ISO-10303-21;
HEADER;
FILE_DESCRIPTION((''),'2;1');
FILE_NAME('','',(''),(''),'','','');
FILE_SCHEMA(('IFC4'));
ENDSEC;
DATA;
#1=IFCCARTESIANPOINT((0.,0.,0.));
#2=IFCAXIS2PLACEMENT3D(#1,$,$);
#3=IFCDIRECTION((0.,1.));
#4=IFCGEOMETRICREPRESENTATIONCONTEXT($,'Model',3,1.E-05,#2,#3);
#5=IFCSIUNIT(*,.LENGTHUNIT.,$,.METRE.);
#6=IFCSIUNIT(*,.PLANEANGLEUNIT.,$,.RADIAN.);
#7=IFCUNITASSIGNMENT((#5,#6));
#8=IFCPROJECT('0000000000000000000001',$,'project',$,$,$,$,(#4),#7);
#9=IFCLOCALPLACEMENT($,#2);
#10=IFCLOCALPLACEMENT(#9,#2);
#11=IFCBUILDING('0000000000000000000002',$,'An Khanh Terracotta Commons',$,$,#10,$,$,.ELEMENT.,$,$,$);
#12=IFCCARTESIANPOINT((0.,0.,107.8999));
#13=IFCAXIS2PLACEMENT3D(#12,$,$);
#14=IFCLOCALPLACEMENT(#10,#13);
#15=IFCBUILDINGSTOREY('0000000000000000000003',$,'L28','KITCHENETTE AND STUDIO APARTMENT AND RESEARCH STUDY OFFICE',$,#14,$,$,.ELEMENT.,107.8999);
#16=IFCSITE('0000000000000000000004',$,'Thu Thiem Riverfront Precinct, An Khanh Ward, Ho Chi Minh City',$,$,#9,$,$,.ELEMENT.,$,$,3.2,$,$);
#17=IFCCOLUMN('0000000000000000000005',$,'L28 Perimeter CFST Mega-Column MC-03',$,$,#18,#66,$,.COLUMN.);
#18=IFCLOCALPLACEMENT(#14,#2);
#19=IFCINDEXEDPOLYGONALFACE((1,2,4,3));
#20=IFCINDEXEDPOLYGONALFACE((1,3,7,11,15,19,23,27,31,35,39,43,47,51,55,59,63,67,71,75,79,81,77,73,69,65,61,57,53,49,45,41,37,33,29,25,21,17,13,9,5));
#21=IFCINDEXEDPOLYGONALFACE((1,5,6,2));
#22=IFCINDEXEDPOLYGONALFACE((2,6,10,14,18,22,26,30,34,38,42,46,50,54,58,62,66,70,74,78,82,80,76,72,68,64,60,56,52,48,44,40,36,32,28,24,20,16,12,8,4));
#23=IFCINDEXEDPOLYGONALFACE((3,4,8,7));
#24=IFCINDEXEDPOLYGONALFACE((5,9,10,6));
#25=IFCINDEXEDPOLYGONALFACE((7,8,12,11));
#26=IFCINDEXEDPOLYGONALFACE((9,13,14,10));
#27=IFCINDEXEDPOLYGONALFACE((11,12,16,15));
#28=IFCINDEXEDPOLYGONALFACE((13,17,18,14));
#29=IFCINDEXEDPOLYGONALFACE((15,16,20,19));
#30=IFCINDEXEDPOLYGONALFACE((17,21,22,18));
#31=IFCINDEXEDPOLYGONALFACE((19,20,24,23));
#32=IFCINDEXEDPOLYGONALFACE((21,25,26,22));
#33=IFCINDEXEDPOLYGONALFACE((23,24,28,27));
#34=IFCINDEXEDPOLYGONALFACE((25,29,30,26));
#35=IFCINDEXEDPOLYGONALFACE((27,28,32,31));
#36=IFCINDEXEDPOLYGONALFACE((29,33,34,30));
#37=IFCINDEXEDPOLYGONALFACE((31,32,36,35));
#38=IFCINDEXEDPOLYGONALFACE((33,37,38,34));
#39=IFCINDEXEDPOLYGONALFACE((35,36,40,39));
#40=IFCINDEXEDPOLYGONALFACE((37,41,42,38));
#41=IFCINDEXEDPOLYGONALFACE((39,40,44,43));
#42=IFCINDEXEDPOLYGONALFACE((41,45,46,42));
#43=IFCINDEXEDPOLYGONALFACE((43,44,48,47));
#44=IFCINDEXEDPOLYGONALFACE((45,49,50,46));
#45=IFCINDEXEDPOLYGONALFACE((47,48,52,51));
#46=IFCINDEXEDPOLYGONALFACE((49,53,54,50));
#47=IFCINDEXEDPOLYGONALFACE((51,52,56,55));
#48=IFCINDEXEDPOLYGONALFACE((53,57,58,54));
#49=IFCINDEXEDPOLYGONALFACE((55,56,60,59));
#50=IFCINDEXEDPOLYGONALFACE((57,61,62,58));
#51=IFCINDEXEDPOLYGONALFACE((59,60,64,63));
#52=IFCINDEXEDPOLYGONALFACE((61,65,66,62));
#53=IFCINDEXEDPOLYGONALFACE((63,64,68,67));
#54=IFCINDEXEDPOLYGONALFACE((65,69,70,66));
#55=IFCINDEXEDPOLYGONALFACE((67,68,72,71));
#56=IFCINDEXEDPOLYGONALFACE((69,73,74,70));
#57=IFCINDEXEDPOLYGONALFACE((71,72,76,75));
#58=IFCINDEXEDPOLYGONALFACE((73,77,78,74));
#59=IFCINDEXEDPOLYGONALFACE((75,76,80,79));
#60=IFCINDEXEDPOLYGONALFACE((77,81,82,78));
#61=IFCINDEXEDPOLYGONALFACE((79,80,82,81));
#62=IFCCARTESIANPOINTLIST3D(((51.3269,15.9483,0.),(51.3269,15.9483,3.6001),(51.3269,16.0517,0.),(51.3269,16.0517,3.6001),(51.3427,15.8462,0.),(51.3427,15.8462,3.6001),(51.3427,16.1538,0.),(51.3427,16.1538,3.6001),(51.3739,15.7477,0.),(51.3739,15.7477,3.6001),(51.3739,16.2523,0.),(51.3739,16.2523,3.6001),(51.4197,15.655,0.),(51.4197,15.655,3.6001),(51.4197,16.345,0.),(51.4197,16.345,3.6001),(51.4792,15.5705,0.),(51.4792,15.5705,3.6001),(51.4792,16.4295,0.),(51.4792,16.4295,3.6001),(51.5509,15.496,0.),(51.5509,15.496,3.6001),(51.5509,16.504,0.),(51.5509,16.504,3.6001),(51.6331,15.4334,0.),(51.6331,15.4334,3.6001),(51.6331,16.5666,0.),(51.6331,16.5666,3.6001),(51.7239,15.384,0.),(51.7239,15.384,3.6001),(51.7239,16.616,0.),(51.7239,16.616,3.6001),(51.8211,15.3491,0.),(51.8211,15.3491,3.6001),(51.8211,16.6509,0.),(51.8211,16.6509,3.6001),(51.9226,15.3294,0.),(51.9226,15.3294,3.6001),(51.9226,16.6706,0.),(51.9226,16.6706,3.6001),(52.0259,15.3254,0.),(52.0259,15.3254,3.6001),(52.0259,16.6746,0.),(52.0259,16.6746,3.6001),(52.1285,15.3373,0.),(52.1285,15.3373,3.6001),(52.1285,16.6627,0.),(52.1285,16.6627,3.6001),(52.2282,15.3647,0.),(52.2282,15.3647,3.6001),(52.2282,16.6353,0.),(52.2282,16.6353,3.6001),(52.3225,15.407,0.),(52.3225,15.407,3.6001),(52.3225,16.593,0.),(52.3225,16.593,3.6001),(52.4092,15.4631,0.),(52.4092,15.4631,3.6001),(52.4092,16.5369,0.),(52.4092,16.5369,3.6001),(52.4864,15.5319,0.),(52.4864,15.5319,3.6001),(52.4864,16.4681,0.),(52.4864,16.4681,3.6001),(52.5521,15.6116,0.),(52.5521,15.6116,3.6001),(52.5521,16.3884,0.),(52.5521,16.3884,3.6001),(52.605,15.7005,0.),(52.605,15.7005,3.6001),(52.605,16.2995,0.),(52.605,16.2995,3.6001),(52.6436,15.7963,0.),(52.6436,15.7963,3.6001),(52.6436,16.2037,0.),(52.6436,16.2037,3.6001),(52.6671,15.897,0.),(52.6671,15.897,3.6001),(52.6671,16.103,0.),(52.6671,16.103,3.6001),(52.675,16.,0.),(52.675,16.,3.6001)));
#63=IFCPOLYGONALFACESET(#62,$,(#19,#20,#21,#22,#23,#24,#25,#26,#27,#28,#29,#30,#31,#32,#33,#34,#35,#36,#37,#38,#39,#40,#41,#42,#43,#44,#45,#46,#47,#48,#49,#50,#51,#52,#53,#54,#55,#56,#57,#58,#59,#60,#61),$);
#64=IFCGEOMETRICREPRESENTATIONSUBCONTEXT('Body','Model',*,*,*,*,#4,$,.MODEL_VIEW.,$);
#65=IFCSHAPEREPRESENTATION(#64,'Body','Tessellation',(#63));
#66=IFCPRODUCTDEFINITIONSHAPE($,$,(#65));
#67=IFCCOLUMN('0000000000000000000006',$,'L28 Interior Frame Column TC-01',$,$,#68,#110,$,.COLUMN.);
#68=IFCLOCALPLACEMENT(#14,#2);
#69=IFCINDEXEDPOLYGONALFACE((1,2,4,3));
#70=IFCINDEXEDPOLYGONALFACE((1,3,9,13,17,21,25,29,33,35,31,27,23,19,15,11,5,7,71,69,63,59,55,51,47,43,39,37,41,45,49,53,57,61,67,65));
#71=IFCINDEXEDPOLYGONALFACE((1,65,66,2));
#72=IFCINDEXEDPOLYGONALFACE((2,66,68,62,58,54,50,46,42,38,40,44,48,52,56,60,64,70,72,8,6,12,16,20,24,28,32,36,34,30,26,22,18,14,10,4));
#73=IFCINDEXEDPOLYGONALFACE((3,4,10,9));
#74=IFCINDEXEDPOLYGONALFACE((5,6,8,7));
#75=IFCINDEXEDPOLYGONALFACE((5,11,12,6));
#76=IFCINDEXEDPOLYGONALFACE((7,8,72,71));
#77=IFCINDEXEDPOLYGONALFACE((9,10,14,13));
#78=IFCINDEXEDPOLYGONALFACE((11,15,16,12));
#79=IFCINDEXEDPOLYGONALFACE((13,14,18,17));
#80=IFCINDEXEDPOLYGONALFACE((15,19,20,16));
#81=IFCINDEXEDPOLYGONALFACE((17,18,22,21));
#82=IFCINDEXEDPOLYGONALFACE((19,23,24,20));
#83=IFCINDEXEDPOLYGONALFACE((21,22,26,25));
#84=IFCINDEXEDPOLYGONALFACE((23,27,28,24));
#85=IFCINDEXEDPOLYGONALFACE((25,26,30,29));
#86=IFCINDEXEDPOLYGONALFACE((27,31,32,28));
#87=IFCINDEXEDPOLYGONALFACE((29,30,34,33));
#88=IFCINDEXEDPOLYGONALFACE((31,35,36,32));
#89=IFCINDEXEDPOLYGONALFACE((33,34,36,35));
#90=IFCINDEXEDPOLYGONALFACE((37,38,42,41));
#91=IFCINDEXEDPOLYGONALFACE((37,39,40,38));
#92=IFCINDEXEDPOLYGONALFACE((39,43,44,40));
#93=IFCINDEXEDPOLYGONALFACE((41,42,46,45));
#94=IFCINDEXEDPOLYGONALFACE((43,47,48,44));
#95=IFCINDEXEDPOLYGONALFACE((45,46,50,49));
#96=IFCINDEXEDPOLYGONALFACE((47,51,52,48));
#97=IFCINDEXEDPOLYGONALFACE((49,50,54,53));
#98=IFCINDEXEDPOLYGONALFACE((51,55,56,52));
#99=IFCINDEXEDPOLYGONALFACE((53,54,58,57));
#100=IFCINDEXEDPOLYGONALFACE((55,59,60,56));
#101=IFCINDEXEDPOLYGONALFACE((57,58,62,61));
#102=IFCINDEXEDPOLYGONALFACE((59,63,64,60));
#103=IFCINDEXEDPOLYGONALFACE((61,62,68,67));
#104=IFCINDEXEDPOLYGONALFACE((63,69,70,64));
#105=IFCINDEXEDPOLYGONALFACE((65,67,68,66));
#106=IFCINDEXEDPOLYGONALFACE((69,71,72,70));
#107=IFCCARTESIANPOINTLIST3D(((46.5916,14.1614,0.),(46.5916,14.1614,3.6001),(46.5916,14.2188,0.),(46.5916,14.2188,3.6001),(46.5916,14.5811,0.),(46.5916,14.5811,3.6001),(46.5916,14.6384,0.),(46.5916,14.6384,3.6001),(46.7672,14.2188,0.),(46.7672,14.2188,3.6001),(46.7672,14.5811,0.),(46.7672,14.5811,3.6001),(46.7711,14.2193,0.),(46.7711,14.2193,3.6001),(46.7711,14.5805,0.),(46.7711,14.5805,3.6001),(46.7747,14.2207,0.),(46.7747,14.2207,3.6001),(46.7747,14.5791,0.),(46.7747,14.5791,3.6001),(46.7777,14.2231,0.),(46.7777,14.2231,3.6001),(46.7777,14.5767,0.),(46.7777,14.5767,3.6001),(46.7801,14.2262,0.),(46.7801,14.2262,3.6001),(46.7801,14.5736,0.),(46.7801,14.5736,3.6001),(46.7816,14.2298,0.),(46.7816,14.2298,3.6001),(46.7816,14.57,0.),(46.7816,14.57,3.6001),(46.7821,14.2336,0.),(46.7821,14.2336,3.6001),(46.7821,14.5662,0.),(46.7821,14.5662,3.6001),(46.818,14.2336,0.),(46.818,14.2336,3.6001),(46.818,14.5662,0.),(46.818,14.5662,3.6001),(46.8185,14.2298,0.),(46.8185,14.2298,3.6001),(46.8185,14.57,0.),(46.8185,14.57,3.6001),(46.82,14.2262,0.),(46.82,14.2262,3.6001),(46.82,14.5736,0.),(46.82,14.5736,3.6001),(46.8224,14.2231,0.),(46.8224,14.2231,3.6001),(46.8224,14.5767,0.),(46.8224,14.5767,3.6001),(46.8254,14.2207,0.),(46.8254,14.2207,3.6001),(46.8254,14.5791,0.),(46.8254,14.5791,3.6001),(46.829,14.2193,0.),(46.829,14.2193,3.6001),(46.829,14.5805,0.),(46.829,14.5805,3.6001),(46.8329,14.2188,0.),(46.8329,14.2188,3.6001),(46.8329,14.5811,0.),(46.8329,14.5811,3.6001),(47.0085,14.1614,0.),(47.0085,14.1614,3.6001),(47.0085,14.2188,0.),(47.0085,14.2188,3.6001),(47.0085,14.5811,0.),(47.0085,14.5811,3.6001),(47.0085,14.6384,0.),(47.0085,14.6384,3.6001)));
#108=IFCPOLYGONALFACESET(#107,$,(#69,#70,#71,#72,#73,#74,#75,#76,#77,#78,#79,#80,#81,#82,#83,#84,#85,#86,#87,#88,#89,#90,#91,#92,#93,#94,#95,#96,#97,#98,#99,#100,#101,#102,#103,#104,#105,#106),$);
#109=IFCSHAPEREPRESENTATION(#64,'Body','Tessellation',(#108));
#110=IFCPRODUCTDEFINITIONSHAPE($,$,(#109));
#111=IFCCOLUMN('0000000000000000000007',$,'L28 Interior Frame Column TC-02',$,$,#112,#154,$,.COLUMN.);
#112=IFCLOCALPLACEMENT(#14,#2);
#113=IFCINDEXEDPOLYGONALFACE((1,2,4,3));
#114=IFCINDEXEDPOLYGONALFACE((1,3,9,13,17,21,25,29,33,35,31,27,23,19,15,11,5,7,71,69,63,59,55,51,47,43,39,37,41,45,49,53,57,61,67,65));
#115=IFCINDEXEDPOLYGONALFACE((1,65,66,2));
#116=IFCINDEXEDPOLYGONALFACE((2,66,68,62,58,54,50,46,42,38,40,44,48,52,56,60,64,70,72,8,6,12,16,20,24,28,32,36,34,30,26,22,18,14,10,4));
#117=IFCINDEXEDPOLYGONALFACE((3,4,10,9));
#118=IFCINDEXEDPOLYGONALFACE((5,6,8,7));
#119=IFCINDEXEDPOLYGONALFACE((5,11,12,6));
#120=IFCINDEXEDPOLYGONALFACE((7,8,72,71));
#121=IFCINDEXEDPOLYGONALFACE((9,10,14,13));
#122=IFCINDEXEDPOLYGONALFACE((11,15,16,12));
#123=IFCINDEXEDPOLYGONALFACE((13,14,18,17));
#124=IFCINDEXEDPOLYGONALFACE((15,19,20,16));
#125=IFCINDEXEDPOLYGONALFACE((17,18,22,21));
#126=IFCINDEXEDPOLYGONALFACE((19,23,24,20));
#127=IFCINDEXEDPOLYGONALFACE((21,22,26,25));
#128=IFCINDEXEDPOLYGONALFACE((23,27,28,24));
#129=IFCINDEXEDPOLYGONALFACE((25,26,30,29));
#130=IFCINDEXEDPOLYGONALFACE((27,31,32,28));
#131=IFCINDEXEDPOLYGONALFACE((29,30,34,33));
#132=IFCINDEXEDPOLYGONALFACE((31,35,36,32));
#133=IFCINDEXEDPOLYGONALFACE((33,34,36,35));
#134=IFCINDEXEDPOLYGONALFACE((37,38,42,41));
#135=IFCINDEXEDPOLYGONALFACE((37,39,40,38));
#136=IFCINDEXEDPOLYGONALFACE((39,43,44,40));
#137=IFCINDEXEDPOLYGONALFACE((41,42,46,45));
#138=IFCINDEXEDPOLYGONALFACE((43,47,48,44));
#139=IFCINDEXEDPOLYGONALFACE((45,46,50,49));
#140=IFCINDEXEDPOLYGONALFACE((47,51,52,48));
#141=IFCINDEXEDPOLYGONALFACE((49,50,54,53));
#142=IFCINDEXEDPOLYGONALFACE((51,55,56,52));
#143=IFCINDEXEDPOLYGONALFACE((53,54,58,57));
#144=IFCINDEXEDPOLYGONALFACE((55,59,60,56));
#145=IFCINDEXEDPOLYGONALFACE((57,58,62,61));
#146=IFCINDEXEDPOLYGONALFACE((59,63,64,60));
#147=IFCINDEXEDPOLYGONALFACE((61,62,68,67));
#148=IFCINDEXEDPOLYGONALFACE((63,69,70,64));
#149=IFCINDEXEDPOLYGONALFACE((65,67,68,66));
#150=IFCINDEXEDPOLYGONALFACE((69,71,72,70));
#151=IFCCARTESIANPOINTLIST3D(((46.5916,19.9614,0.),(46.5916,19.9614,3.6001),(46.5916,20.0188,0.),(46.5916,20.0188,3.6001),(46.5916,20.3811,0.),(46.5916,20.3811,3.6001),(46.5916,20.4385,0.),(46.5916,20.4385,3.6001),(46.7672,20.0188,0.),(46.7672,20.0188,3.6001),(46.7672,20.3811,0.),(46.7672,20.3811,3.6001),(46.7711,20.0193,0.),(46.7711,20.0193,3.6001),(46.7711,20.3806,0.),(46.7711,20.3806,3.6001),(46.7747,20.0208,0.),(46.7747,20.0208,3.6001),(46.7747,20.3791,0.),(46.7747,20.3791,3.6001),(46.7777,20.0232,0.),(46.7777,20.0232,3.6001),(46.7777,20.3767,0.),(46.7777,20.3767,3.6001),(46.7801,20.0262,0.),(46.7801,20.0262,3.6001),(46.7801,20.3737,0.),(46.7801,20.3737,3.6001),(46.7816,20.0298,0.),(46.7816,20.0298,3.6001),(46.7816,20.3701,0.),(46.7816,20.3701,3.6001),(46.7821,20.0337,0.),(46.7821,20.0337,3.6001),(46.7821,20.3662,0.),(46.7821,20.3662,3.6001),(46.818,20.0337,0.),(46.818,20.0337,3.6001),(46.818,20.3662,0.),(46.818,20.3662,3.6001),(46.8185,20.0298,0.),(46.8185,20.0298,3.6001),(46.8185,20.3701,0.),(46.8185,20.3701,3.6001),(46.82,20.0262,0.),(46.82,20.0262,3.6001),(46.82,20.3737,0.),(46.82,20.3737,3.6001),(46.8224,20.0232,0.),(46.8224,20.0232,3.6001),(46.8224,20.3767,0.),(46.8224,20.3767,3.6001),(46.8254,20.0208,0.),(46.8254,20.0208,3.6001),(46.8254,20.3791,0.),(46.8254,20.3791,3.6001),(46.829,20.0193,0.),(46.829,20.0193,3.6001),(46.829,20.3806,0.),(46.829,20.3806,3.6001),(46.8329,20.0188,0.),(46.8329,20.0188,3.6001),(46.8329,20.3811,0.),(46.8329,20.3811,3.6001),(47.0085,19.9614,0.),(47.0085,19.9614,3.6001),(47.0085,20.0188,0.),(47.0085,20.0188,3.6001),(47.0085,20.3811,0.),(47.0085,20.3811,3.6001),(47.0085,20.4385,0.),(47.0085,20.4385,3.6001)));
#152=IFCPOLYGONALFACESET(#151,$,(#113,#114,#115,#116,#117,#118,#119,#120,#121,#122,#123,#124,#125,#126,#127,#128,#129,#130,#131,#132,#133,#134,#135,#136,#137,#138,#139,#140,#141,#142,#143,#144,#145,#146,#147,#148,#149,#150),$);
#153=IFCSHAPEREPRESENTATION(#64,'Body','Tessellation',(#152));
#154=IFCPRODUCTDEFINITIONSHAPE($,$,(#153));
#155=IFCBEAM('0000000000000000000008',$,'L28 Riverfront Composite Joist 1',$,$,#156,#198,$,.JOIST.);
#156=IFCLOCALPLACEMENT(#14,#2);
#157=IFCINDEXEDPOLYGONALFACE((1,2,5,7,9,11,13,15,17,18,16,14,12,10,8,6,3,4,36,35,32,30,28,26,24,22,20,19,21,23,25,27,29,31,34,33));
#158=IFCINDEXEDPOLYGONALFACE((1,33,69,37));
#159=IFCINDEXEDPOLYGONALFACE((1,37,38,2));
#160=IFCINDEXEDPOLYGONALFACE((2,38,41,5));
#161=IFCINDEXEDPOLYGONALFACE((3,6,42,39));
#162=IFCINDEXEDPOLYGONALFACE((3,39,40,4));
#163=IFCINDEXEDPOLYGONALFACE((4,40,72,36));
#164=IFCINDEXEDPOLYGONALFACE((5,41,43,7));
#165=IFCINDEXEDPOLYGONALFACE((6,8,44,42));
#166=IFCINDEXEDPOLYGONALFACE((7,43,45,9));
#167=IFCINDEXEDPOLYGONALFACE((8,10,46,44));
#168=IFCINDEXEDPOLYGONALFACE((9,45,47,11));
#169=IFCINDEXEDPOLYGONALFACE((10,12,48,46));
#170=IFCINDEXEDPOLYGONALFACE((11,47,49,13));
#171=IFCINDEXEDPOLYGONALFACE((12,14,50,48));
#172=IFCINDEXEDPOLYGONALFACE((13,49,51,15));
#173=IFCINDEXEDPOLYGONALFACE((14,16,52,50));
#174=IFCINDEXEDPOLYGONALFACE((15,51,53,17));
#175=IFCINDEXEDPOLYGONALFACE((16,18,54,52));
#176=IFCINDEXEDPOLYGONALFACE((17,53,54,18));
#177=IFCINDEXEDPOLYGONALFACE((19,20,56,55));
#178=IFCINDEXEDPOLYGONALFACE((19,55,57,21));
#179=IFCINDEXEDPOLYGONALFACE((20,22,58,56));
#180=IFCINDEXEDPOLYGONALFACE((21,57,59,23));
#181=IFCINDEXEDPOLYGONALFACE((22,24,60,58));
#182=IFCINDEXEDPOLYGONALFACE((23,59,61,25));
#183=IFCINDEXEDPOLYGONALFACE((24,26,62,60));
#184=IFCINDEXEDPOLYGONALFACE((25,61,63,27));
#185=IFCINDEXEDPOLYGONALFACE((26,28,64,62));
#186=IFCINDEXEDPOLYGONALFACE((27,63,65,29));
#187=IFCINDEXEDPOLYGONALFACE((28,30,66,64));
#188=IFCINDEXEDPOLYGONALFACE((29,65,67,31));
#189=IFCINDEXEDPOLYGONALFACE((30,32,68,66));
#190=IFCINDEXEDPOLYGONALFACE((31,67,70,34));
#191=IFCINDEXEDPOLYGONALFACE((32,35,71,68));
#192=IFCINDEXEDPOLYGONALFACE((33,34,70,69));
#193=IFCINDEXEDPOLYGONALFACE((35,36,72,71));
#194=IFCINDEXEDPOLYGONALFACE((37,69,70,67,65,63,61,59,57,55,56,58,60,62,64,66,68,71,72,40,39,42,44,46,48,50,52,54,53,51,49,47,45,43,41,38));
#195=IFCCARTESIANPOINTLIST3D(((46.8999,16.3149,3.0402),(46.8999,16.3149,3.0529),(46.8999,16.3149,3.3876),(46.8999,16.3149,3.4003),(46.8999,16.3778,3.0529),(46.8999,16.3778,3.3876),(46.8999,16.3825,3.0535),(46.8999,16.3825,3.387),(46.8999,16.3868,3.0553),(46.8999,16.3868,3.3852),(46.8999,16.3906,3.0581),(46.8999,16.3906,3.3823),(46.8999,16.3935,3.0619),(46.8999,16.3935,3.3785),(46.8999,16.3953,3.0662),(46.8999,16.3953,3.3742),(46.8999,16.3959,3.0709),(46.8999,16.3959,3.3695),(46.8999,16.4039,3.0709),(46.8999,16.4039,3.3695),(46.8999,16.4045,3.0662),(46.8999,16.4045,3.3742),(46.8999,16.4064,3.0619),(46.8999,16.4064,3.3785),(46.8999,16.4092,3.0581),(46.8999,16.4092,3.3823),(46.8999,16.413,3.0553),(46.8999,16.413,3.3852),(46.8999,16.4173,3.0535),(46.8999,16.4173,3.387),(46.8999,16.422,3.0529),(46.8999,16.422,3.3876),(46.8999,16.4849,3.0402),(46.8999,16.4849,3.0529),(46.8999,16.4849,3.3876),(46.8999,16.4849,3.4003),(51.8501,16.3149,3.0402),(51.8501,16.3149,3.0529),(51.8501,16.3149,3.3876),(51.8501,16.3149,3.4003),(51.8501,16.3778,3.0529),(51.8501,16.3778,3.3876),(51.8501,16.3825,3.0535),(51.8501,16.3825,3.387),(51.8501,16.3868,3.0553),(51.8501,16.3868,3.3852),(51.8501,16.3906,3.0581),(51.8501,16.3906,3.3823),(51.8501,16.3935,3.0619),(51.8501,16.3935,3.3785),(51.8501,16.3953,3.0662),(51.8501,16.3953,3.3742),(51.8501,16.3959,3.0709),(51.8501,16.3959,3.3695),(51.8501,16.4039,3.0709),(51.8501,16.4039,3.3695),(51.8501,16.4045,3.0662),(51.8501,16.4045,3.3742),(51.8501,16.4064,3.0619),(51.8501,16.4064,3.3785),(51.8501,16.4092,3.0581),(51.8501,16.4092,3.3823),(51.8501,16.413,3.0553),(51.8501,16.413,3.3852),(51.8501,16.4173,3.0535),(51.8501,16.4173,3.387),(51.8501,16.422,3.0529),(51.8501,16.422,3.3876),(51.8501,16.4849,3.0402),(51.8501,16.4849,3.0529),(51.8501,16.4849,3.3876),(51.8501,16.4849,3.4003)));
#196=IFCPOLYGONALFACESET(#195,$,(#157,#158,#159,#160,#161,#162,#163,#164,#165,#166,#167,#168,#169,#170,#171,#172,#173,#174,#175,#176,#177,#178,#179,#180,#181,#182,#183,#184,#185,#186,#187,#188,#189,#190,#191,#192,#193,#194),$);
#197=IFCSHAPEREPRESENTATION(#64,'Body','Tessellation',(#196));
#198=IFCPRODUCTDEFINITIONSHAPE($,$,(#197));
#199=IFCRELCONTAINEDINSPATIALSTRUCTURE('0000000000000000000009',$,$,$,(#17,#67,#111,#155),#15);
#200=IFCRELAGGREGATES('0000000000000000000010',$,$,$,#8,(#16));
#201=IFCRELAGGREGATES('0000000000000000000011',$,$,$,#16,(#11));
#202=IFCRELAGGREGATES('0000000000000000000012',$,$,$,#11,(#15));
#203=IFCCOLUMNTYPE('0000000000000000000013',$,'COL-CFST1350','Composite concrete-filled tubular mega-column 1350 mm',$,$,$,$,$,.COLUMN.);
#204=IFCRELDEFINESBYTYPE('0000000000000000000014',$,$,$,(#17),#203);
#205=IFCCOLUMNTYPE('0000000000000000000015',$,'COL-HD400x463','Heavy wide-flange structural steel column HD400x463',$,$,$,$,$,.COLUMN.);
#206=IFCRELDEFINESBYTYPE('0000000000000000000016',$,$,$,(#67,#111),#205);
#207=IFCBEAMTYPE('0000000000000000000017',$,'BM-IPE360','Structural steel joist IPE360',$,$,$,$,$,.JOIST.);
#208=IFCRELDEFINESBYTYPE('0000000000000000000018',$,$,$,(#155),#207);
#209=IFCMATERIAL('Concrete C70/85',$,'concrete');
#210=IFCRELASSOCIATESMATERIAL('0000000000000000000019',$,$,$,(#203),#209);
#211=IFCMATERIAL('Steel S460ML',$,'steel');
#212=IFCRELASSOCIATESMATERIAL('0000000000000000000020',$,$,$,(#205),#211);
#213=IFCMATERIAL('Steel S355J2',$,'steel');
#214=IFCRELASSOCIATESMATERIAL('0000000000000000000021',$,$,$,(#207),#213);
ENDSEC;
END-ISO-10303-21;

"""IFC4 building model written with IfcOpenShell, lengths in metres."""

from ifc_helpers import new_model, si_unit, direction, frame, origin, origin_2d, place, context, subcontext, project, spatial, circle, i_section, extrude, material, material_profile, profile_set, type_object, element, save


model = new_model("IFC4")

# Units and contexts
model_context = context("Model", 3, precision=1e-05, world=origin(), true_north=direction((0.0, 1.0)))
body_context = subcontext(model_context, "Body", "Model", "MODEL_VIEW")
ifc_project = project(units=[si_unit("LENGTHUNIT", "METRE"), si_unit("PLANEANGLEUNIT", "RADIAN")], contexts=[model_context])

# Site, building, storey
site_placement = place(None, origin())
site = spatial("IfcSite", under=ifc_project, at=site_placement, Name="Thu Thiem Riverfront Precinct, An Khanh Ward, Ho Chi Minh City", CompositionType="ELEMENT", RefElevation=3.2)
building_placement = place(site_placement, origin())
building = spatial("IfcBuilding", under=site, at=building_placement, Name="An Khanh Terracotta Commons", CompositionType="ELEMENT")
storey_placement = place(building_placement, frame((0.0, 0.0, 107.8999)))
storey = spatial("IfcBuildingStorey", under=building, at=storey_placement, Name="L28", Description="KITCHENETTE AND STUDIO APARTMENT AND RESEARCH STUDY OFFICE", CompositionType="ELEMENT", Elevation=107.8999)

# Columns
ifc_material_1 = material(Name="Concrete C70/85", Category="concrete")
ifc_material_profile_1 = material_profile(ifc_material_1, circle(Radius=0.675, at=origin_2d()), Name="CFST1350")
ifc_profile_set_1 = profile_set([ifc_material_profile_1], Name="Concrete C70/85")
column_type_1 = type_object("IfcColumnType", Name="COL-CFST1350", Description="Composite concrete-filled tubular mega-column 1350 mm", PredefinedType="COLUMN", material=ifc_profile_set_1)
column_placement = place(storey_placement, frame((52.0, 16.0, 0.0), z_axis=(0.0, 0.0, 1.0), x_axis=(1.0, 0.0, 0.0)))
element("IfcColumn", 1, at=column_placement, inside=storey, type_object=column_type_1, Name="L28 Perimeter CFST Mega-Column MC-03", PredefinedType="COLUMN", context=body_context, shape_type="SweptSolid", body=[
    extrude(circle(Radius=0.675, at=origin_2d()), origin(), (0.0, 0.0, 1.0), 3.6001),
])
ifc_material_2 = material(Name="Steel S460ML", Category="steel")
ifc_material_profile_2 = material_profile(ifc_material_2, i_section(OverallWidth=0.417, OverallDepth=0.4771, WebThickness=0.0359, FlangeThickness=0.0574, FilletRadius=0.0149, at=origin_2d()), Name="HD400x463")
ifc_profile_set_2 = profile_set([ifc_material_profile_2], Name="Steel S460ML")
column_type_2 = type_object("IfcColumnType", Name="COL-HD400x463", Description="Heavy wide-flange structural steel column HD400x463", PredefinedType="COLUMN", material=ifc_profile_set_2)
for number, where, z_axis, x_axis, name in (
    (2, (46.8, 14.3999, 0.0), (0.0, 0.0, 1.0), (1.0, 0.0, 0.0), "L28 Interior Frame Column TC-01"),
    (3, (46.8, 20.2, 0.0), (0.0, 0.0, 1.0), (1.0, 0.0, 0.0), "L28 Interior Frame Column TC-02"),
):
    element("IfcColumn", number, at=place(storey_placement, frame(where, z_axis=z_axis, x_axis=x_axis)), inside=storey, type_object=column_type_2, Name=name, PredefinedType="COLUMN", context=body_context, shape_type="SweptSolid", body=[
        extrude(i_section(OverallWidth=0.417, OverallDepth=0.4771, WebThickness=0.0359, FlangeThickness=0.0574, FilletRadius=0.0149, at=origin_2d()), origin(), (0.0, 0.0, 1.0), 3.6001),
    ])

# Beam
ifc_material_3 = material(Name="Steel S355J2", Category="steel")
ifc_material_profile_3 = material_profile(ifc_material_3, i_section(OverallWidth=0.1699, OverallDepth=0.3601, WebThickness=0.0081, FlangeThickness=0.0127, FilletRadius=0.0181, at=origin_2d()), Name="IPE360")
ifc_profile_set_3 = profile_set([ifc_material_profile_3], Name="Steel S355J2")
beam_type_1 = type_object("IfcBeamType", Name="BM-IPE360", Description="Structural steel joist IPE360", PredefinedType="JOIST", material=ifc_profile_set_3)
for number, where, z_axis, x_axis, name in (
    (4, (46.8999, 16.3999, 3.2202), (1.0, 0.0, 0.0), (0.0, 1.0, 0.0), "L28 Riverfront Composite Joist 1"),
):
    element("IfcBeam", number, at=place(storey_placement, frame(where, z_axis=z_axis, x_axis=x_axis)), inside=storey, type_object=beam_type_1, Name=name, PredefinedType="JOIST", context=body_context, shape_type="SweptSolid", body=[
        extrude(i_section(OverallWidth=0.1699, OverallDepth=0.3601, WebThickness=0.0081, FlangeThickness=0.0127, FilletRadius=0.0181, at=origin_2d()), origin(), (0.0, 0.0, 1.0), 4.9502),
    ])

save(model, "model.ifc")
